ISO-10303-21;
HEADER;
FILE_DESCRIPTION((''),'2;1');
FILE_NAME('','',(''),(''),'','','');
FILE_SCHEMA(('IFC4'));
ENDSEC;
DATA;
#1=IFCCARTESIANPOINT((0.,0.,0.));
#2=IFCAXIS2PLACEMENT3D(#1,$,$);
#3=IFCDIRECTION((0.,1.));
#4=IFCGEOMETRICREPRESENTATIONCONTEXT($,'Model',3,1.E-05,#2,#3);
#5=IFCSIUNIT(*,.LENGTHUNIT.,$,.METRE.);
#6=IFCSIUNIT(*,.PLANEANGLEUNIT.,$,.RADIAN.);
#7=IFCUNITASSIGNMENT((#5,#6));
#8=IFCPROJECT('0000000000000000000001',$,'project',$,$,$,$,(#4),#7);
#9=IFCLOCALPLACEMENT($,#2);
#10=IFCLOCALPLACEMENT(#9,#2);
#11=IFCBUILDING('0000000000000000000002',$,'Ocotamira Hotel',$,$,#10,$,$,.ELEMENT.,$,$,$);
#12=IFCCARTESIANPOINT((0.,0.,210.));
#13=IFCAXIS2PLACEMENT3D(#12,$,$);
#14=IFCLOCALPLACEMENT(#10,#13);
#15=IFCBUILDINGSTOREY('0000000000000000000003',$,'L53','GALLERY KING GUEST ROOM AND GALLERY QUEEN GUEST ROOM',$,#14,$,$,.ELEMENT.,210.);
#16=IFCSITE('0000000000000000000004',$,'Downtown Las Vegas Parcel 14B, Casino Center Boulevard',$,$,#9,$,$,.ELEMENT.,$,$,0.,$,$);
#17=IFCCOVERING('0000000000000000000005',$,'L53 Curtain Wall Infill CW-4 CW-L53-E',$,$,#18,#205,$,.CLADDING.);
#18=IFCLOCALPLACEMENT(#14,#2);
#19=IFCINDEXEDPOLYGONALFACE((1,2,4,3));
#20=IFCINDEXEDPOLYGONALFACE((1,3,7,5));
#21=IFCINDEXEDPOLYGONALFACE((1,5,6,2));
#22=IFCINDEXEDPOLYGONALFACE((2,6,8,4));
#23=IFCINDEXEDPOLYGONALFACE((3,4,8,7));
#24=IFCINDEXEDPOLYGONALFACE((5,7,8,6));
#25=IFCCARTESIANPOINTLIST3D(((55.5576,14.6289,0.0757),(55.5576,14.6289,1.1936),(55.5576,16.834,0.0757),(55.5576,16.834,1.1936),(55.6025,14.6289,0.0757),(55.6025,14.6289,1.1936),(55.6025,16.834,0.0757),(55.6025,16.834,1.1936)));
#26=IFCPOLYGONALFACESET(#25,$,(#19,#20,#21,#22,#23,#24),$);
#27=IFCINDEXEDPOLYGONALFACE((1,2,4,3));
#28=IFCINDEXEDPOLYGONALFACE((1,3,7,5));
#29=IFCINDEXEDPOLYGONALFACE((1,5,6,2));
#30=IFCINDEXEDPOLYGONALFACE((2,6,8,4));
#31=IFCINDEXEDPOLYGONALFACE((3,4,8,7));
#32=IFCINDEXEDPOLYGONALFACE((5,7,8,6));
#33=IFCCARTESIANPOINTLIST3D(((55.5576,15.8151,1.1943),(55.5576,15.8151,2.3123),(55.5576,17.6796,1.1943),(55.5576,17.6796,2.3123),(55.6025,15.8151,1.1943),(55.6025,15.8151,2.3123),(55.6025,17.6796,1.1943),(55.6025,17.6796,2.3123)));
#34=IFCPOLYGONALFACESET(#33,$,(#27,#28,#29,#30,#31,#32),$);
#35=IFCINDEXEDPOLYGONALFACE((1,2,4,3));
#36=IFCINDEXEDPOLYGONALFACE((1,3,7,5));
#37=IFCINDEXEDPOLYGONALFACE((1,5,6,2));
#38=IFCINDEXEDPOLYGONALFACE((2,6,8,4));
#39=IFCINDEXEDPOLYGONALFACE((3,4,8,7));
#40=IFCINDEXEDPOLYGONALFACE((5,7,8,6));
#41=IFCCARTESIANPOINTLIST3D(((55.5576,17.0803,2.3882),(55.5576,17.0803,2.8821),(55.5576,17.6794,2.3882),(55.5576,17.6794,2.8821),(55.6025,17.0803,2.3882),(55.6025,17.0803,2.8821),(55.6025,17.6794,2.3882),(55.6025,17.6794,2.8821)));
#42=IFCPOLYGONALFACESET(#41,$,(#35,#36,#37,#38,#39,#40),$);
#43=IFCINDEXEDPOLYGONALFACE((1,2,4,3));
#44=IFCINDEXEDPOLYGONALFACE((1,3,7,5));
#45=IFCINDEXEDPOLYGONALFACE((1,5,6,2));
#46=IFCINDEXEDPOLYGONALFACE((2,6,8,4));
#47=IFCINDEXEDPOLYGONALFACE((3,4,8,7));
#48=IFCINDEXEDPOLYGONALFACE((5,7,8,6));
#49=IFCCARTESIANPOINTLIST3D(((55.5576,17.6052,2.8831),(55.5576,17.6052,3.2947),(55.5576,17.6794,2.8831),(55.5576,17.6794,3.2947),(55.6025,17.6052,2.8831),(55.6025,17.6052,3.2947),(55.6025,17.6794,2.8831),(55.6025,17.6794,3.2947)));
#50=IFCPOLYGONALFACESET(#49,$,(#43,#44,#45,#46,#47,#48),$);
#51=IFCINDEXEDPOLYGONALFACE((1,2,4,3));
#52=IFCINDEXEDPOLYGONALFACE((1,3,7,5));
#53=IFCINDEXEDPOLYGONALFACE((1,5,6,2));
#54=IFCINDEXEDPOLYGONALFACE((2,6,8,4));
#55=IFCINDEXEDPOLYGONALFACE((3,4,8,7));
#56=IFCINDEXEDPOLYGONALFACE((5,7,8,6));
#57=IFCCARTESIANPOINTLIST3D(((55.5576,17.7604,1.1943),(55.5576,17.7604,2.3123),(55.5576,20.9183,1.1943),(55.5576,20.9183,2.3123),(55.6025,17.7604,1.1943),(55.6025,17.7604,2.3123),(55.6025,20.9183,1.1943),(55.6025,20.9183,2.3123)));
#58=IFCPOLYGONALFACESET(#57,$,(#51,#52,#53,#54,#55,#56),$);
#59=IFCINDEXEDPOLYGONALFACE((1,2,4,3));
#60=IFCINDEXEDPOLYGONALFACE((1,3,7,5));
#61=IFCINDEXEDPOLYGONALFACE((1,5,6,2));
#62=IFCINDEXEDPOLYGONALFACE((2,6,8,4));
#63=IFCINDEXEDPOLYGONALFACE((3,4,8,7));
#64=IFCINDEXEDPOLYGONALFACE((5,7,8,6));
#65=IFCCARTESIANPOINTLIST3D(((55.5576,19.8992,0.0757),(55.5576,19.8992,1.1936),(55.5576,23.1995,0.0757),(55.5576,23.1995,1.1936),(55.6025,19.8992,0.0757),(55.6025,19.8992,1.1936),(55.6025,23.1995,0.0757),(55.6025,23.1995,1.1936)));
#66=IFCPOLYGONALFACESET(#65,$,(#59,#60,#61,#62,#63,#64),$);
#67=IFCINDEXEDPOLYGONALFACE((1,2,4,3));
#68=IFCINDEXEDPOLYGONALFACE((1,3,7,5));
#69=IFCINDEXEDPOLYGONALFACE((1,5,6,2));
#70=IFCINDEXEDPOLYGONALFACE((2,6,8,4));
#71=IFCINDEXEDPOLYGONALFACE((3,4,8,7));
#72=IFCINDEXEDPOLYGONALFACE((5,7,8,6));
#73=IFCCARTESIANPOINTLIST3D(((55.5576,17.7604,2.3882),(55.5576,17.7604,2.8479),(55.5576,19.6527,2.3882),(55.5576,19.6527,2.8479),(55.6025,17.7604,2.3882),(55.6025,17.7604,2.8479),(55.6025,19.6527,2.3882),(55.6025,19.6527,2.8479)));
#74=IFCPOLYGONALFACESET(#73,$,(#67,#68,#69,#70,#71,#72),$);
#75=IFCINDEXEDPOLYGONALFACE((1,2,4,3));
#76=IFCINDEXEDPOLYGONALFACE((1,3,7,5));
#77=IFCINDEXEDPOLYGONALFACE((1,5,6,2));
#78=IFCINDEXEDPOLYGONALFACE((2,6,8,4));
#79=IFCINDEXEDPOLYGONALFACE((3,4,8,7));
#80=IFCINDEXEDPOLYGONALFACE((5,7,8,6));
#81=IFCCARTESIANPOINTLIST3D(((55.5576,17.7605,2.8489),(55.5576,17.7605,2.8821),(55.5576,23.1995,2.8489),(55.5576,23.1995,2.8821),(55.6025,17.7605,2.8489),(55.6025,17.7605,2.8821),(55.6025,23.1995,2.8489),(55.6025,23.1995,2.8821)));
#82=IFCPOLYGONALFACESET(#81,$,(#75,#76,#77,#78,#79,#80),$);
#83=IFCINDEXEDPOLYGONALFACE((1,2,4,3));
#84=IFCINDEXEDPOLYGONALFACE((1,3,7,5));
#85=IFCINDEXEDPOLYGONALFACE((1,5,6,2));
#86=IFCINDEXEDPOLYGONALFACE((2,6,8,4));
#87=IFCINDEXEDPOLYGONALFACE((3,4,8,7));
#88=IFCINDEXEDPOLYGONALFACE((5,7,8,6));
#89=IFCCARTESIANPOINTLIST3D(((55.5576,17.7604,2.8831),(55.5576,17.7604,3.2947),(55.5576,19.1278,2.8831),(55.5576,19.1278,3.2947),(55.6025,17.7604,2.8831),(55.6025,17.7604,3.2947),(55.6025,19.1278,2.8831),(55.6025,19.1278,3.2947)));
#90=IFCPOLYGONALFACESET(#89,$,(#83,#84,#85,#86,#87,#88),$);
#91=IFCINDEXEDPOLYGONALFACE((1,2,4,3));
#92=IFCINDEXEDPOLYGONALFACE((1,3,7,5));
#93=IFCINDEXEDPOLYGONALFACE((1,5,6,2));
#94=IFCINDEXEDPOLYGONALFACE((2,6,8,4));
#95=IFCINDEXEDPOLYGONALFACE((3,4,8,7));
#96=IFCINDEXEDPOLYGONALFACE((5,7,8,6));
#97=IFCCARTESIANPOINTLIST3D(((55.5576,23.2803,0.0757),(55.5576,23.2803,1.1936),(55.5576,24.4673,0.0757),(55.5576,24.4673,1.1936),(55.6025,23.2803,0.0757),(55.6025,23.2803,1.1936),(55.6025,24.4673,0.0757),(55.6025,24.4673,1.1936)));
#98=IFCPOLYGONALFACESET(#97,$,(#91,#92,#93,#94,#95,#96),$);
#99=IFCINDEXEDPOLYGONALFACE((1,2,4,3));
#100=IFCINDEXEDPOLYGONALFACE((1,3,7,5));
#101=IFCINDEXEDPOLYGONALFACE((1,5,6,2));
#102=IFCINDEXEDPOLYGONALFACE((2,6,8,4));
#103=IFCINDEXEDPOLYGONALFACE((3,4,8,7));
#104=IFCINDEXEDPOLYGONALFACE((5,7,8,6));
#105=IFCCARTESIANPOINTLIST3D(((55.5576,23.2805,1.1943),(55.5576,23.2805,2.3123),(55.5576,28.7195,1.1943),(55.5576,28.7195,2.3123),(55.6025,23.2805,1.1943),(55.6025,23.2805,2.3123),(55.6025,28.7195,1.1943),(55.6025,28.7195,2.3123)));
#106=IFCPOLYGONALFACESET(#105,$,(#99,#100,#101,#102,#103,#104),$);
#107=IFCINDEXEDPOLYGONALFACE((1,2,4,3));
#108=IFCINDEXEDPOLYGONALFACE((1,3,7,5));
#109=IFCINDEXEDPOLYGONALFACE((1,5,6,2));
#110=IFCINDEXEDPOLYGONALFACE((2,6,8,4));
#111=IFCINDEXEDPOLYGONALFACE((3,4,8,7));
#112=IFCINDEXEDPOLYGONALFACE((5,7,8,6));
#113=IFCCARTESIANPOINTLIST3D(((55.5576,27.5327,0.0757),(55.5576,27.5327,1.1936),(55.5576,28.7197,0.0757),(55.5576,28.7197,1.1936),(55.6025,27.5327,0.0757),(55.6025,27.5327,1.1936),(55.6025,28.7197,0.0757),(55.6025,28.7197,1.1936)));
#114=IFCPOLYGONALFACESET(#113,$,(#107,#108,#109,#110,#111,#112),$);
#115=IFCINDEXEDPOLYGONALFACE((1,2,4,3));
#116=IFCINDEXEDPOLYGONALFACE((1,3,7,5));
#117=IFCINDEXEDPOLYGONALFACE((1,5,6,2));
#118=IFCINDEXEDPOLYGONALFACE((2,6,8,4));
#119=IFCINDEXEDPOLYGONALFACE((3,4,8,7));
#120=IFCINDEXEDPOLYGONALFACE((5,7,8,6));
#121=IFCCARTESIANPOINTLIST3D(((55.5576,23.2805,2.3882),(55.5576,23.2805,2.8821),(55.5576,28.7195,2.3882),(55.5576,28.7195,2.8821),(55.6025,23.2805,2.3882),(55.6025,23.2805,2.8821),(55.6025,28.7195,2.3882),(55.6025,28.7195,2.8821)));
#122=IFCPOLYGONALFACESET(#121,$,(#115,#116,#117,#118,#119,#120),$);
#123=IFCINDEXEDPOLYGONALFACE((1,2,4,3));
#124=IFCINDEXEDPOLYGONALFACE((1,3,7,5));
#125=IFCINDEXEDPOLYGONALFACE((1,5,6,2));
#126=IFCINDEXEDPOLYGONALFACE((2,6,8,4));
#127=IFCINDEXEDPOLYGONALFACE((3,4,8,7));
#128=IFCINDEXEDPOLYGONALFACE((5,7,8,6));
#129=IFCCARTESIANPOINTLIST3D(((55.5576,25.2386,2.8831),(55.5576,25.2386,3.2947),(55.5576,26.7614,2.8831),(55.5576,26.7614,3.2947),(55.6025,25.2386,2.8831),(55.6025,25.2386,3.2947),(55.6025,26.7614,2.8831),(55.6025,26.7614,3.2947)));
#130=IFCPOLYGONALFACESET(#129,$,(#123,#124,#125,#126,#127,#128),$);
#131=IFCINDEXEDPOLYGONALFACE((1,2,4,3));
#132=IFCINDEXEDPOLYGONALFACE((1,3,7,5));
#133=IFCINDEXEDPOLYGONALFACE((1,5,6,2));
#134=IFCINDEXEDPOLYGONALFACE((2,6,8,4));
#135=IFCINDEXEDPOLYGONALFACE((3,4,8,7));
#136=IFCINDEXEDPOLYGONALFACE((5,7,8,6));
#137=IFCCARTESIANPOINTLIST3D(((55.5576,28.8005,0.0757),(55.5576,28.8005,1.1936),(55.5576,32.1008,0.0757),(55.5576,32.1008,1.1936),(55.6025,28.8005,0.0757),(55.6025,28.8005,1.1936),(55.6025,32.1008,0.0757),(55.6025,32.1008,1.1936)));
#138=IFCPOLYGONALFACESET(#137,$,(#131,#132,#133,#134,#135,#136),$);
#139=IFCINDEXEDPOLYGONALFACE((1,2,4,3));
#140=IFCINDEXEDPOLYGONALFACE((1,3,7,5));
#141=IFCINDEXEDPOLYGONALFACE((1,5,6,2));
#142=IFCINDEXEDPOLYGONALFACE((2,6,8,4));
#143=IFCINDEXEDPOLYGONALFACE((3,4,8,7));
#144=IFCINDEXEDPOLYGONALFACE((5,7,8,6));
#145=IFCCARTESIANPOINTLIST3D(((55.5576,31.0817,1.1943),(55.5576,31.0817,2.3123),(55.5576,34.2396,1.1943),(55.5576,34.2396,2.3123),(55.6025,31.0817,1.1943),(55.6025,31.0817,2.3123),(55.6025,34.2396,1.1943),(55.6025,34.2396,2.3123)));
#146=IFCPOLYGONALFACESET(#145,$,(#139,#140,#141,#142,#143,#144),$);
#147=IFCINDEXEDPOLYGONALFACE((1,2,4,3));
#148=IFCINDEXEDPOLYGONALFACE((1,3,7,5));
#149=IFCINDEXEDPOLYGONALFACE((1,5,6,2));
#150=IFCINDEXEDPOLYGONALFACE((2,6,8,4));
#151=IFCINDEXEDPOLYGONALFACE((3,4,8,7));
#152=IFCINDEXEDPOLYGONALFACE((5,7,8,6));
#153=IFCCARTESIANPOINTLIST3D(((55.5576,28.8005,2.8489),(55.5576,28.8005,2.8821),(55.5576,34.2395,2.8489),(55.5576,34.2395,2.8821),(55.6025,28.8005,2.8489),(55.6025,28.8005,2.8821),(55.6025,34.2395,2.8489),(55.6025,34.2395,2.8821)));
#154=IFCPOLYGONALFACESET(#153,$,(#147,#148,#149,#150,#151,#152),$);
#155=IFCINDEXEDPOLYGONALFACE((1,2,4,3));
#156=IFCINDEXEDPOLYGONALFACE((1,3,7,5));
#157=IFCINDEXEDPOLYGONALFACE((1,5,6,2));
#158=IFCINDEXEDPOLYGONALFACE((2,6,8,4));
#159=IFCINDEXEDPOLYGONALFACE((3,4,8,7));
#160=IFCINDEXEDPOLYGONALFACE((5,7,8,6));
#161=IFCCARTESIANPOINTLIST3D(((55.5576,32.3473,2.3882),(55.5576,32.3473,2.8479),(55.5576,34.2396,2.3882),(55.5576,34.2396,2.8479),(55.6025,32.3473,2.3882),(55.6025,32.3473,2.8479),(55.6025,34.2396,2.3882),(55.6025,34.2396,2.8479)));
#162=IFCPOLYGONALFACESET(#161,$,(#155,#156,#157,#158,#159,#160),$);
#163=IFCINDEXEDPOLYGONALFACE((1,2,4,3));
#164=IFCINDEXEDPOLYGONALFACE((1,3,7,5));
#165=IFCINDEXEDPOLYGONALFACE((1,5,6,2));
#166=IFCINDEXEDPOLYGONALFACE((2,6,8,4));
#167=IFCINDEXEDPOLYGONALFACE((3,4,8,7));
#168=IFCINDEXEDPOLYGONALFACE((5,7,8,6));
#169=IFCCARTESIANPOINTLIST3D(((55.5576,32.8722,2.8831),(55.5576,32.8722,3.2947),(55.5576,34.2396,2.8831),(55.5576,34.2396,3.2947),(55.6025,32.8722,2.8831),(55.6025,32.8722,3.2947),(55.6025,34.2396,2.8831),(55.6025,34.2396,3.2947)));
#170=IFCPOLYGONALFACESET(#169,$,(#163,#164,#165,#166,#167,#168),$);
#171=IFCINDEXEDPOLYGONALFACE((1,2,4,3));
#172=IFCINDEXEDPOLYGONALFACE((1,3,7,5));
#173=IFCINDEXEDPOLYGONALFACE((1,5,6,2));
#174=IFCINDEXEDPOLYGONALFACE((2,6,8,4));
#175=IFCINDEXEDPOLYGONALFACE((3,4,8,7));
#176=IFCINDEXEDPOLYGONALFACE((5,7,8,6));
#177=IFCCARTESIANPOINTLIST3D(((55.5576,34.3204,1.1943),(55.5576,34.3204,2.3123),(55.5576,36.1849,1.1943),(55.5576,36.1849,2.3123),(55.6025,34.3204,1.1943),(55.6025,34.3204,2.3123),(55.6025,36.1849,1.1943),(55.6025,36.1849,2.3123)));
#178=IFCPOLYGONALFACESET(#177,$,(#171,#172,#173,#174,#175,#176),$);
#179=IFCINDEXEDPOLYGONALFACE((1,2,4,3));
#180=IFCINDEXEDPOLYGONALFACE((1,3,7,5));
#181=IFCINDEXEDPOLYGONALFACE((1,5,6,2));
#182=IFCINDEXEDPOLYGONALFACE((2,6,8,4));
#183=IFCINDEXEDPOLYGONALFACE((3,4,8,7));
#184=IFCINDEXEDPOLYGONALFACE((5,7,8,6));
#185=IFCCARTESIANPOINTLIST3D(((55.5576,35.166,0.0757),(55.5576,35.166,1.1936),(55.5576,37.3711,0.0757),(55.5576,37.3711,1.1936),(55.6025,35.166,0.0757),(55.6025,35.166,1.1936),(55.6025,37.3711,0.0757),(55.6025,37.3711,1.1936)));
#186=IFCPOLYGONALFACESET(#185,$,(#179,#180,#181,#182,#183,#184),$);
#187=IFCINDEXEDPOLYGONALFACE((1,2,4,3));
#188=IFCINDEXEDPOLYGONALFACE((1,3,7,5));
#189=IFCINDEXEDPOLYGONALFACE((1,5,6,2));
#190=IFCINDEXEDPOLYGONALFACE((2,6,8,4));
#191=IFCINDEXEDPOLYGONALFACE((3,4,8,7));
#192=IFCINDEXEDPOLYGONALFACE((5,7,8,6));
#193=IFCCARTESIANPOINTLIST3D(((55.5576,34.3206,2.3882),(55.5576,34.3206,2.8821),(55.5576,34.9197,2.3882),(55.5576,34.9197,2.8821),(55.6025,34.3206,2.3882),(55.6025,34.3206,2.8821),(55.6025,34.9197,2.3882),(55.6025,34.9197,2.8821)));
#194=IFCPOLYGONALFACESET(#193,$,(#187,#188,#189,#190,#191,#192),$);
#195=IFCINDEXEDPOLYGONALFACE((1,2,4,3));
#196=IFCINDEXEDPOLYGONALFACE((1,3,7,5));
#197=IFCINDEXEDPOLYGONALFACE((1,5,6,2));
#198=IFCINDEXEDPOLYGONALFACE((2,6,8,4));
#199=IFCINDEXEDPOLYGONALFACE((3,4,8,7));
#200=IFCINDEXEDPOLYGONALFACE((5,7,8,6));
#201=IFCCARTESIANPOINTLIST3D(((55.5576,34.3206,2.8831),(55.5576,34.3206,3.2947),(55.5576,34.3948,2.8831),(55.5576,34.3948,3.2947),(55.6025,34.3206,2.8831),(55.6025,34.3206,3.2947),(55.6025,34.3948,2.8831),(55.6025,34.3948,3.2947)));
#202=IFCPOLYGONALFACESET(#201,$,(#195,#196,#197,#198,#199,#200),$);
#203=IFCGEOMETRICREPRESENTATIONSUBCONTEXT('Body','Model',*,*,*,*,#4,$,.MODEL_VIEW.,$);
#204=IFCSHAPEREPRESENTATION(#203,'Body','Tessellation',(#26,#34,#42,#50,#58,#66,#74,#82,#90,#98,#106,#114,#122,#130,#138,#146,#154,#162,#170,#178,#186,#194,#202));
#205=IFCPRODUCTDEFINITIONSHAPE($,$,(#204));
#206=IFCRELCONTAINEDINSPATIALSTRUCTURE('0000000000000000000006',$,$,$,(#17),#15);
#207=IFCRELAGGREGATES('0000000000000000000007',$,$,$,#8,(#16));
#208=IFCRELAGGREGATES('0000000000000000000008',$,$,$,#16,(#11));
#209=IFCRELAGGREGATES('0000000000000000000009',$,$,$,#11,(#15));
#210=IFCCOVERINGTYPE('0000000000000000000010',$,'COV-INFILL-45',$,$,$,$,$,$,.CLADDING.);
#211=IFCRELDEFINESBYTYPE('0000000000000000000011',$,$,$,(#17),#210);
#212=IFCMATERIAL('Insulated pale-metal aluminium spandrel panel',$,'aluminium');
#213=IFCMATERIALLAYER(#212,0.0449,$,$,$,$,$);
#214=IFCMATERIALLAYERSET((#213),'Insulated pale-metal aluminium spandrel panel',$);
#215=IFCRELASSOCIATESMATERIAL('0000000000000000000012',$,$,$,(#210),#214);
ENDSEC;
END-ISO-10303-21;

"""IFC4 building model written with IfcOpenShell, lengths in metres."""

from ifc_helpers import new_model, si_unit, direction, frame, origin, origin_2d, place, context, subcontext, project, spatial, rectangle, extrude, material, layer, layer_set, type_object, element, save


model = new_model("IFC4")

# Units and contexts
model_context = context("Model", 3, precision=1e-05, world=origin(), true_north=direction((0.0, 1.0)))
body_context = subcontext(model_context, "Body", "Model", "MODEL_VIEW")
ifc_project = project(units=[si_unit("LENGTHUNIT", "METRE"), si_unit("PLANEANGLEUNIT", "RADIAN")], contexts=[model_context])

# Site, building, storey
site_placement = place(None, origin())
site = spatial("IfcSite", under=ifc_project, at=site_placement, Name="Downtown Las Vegas Parcel 14B, Casino Center Boulevard", CompositionType="ELEMENT", RefElevation=0.0)
building_placement = place(site_placement, origin())
building = spatial("IfcBuilding", under=site, at=building_placement, Name="Ocotamira Hotel", CompositionType="ELEMENT")
storey_placement = place(building_placement, frame((0.0, 0.0, 210.0)))
storey = spatial("IfcBuildingStorey", under=building, at=storey_placement, Name="L53", Description="GALLERY KING GUEST ROOM AND GALLERY QUEEN GUEST ROOM", CompositionType="ELEMENT", Elevation=210.0)

# Covering
ifc_material_1 = material(Name="Insulated pale-metal aluminium spandrel panel", Category="aluminium")
ifc_layer_1 = layer(ifc_material_1, 0.0449)
ifc_layer_set_1 = layer_set([ifc_layer_1], Name="Insulated pale-metal aluminium spandrel panel")
covering_type_1 = type_object("IfcCoveringType", Name="COV-INFILL-45", PredefinedType="CLADDING", material=ifc_layer_set_1)
covering_1_placement = place(storey_placement, origin())
element("IfcCovering", 1, at=covering_1_placement, inside=storey, type_object=covering_type_1, Name="L53 Curtain Wall Infill CW-4 CW-L53-E", PredefinedType="CLADDING", context=body_context, shape_type="SweptSolid", body=[
    extrude(rectangle(XDim=2.2051, YDim=0.0449, at=origin_2d()), frame((55.5801, 15.7314, 0.0757), z_axis=(0.0, 0.0, 1.0), x_axis=(0.0, 1.0, 0.0)), (0.0, 0.0, 1.0), 1.1179),
    extrude(rectangle(XDim=1.8645, YDim=0.0449, at=origin_2d()), frame((55.5801, 16.7473, 1.1943), z_axis=(0.0, 0.0, 1.0), x_axis=(0.0, 1.0, 0.0)), (0.0, 0.0, 1.0), 1.1179),
    extrude(rectangle(XDim=0.5991, YDim=0.0449, at=origin_2d()), frame((55.5801, 17.3799, 2.3882), z_axis=(0.0, 0.0, 1.0), x_axis=(0.0, 1.0, 0.0)), (0.0, 0.0, 1.0), 0.4939),
    extrude(rectangle(XDim=0.0742, YDim=0.0449, at=origin_2d()), frame((55.5801, 17.6423, 2.8831), z_axis=(0.0, 0.0, 1.0), x_axis=(0.0, 1.0, 0.0)), (0.0, 0.0, 1.0), 0.4116),
    extrude(rectangle(XDim=3.158, YDim=0.0449, at=origin_2d()), frame((55.5801, 19.3394, 1.1943), z_axis=(0.0, 0.0, 1.0), x_axis=(0.0, 1.0, 0.0)), (0.0, 0.0, 1.0), 1.1179),
    extrude(rectangle(XDim=3.3003, YDim=0.0449, at=origin_2d()), frame((55.5801, 21.5493, 0.0757), z_axis=(0.0, 0.0, 1.0), x_axis=(0.0, 1.0, 0.0)), (0.0, 0.0, 1.0), 1.1179),
    extrude(rectangle(XDim=1.8923, YDim=0.0449, at=origin_2d()), frame((55.5801, 18.7065, 2.3882), z_axis=(0.0, 0.0, 1.0), x_axis=(0.0, 1.0, 0.0)), (0.0, 0.0, 1.0), 0.4597),
    extrude(rectangle(XDim=5.439, YDim=0.0449, at=origin_2d()), frame((55.5801, 20.48, 2.8489), z_axis=(0.0, 0.0, 1.0), x_axis=(0.0, 1.0, 0.0)), (0.0, 0.0, 1.0), 0.0332),
    extrude(rectangle(XDim=1.3674, YDim=0.0449, at=origin_2d()), frame((55.5801, 18.4441, 2.8831), z_axis=(0.0, 0.0, 1.0), x_axis=(0.0, 1.0, 0.0)), (0.0, 0.0, 1.0), 0.4116),
    extrude(rectangle(XDim=1.187, YDim=0.0449, at=origin_2d()), frame((55.5801, 23.8738, 0.0757), z_axis=(0.0, 0.0, 1.0), x_axis=(0.0, 1.0, 0.0)), (0.0, 0.0, 1.0), 1.1179),
    extrude(rectangle(XDim=5.439, YDim=0.0449, at=origin_2d()), frame((55.5801, 26.0, 1.1943), z_axis=(0.0, 0.0, 1.0), x_axis=(0.0, 1.0, 0.0)), (0.0, 0.0, 1.0), 1.1179),
    extrude(rectangle(XDim=1.187, YDim=0.0449, at=origin_2d()), frame((55.5801, 28.1262, 0.0757), z_axis=(0.0, 0.0, 1.0), x_axis=(0.0, 1.0, 0.0)), (0.0, 0.0, 1.0), 1.1179),
    extrude(rectangle(XDim=5.439, YDim=0.0449, at=origin_2d()), frame((55.5801, 26.0, 2.3882), z_axis=(0.0, 0.0, 1.0), x_axis=(0.0, 1.0, 0.0)), (0.0, 0.0, 1.0), 0.4939),
    extrude(rectangle(XDim=1.5227, YDim=0.0449, at=origin_2d()), frame((55.5801, 26.0, 2.8831), z_axis=(0.0, 0.0, 1.0), x_axis=(0.0, 1.0, 0.0)), (0.0, 0.0, 1.0), 0.4116),
    extrude(rectangle(XDim=3.3003, YDim=0.0449, at=origin_2d()), frame((55.5801, 30.4507, 0.0757), z_axis=(0.0, 0.0, 1.0), x_axis=(0.0, 1.0, 0.0)), (0.0, 0.0, 1.0), 1.1179),
    extrude(rectangle(XDim=3.158, YDim=0.0449, at=origin_2d()), frame((55.5801, 32.6606, 1.1943), z_axis=(0.0, 0.0, 1.0), x_axis=(0.0, 1.0, 0.0)), (0.0, 0.0, 1.0), 1.1179),
    extrude(rectangle(XDim=5.439, YDim=0.0449, at=origin_2d()), frame((55.5801, 31.52, 2.8489), z_axis=(0.0, 0.0, 1.0), x_axis=(0.0, 1.0, 0.0)), (0.0, 0.0, 1.0), 0.0332),
    extrude(rectangle(XDim=1.8923, YDim=0.0449, at=origin_2d()), frame((55.5801, 33.2935, 2.3882), z_axis=(0.0, 0.0, 1.0), x_axis=(0.0, 1.0, 0.0)), (0.0, 0.0, 1.0), 0.4597),
    extrude(rectangle(XDim=1.3674, YDim=0.0449, at=origin_2d()), frame((55.5801, 33.5559, 2.8831), z_axis=(0.0, 0.0, 1.0), x_axis=(0.0, 1.0, 0.0)), (0.0, 0.0, 1.0), 0.4116),
    extrude(rectangle(XDim=1.8645, YDim=0.0449, at=origin_2d()), frame((55.5801, 35.2527, 1.1943), z_axis=(0.0, 0.0, 1.0), x_axis=(0.0, 1.0, 0.0)), (0.0, 0.0, 1.0), 1.1179),
    extrude(rectangle(XDim=2.2051, YDim=0.0449, at=origin_2d()), frame((55.5801, 36.2686, 0.0757), z_axis=(0.0, 0.0, 1.0), x_axis=(0.0, 1.0, 0.0)), (0.0, 0.0, 1.0), 1.1179),
    extrude(rectangle(XDim=0.5991, YDim=0.0449, at=origin_2d()), frame((55.5801, 34.6201, 2.3882), z_axis=(0.0, 0.0, 1.0), x_axis=(0.0, 1.0, 0.0)), (0.0, 0.0, 1.0), 0.4939),
    extrude(rectangle(XDim=0.0742, YDim=0.0449, at=origin_2d()), frame((55.5801, 34.3577, 2.8831), z_axis=(0.0, 0.0, 1.0), x_axis=(0.0, 1.0, 0.0)), (0.0, 0.0, 1.0), 0.4116),
])

save(model, "model.ifc")
